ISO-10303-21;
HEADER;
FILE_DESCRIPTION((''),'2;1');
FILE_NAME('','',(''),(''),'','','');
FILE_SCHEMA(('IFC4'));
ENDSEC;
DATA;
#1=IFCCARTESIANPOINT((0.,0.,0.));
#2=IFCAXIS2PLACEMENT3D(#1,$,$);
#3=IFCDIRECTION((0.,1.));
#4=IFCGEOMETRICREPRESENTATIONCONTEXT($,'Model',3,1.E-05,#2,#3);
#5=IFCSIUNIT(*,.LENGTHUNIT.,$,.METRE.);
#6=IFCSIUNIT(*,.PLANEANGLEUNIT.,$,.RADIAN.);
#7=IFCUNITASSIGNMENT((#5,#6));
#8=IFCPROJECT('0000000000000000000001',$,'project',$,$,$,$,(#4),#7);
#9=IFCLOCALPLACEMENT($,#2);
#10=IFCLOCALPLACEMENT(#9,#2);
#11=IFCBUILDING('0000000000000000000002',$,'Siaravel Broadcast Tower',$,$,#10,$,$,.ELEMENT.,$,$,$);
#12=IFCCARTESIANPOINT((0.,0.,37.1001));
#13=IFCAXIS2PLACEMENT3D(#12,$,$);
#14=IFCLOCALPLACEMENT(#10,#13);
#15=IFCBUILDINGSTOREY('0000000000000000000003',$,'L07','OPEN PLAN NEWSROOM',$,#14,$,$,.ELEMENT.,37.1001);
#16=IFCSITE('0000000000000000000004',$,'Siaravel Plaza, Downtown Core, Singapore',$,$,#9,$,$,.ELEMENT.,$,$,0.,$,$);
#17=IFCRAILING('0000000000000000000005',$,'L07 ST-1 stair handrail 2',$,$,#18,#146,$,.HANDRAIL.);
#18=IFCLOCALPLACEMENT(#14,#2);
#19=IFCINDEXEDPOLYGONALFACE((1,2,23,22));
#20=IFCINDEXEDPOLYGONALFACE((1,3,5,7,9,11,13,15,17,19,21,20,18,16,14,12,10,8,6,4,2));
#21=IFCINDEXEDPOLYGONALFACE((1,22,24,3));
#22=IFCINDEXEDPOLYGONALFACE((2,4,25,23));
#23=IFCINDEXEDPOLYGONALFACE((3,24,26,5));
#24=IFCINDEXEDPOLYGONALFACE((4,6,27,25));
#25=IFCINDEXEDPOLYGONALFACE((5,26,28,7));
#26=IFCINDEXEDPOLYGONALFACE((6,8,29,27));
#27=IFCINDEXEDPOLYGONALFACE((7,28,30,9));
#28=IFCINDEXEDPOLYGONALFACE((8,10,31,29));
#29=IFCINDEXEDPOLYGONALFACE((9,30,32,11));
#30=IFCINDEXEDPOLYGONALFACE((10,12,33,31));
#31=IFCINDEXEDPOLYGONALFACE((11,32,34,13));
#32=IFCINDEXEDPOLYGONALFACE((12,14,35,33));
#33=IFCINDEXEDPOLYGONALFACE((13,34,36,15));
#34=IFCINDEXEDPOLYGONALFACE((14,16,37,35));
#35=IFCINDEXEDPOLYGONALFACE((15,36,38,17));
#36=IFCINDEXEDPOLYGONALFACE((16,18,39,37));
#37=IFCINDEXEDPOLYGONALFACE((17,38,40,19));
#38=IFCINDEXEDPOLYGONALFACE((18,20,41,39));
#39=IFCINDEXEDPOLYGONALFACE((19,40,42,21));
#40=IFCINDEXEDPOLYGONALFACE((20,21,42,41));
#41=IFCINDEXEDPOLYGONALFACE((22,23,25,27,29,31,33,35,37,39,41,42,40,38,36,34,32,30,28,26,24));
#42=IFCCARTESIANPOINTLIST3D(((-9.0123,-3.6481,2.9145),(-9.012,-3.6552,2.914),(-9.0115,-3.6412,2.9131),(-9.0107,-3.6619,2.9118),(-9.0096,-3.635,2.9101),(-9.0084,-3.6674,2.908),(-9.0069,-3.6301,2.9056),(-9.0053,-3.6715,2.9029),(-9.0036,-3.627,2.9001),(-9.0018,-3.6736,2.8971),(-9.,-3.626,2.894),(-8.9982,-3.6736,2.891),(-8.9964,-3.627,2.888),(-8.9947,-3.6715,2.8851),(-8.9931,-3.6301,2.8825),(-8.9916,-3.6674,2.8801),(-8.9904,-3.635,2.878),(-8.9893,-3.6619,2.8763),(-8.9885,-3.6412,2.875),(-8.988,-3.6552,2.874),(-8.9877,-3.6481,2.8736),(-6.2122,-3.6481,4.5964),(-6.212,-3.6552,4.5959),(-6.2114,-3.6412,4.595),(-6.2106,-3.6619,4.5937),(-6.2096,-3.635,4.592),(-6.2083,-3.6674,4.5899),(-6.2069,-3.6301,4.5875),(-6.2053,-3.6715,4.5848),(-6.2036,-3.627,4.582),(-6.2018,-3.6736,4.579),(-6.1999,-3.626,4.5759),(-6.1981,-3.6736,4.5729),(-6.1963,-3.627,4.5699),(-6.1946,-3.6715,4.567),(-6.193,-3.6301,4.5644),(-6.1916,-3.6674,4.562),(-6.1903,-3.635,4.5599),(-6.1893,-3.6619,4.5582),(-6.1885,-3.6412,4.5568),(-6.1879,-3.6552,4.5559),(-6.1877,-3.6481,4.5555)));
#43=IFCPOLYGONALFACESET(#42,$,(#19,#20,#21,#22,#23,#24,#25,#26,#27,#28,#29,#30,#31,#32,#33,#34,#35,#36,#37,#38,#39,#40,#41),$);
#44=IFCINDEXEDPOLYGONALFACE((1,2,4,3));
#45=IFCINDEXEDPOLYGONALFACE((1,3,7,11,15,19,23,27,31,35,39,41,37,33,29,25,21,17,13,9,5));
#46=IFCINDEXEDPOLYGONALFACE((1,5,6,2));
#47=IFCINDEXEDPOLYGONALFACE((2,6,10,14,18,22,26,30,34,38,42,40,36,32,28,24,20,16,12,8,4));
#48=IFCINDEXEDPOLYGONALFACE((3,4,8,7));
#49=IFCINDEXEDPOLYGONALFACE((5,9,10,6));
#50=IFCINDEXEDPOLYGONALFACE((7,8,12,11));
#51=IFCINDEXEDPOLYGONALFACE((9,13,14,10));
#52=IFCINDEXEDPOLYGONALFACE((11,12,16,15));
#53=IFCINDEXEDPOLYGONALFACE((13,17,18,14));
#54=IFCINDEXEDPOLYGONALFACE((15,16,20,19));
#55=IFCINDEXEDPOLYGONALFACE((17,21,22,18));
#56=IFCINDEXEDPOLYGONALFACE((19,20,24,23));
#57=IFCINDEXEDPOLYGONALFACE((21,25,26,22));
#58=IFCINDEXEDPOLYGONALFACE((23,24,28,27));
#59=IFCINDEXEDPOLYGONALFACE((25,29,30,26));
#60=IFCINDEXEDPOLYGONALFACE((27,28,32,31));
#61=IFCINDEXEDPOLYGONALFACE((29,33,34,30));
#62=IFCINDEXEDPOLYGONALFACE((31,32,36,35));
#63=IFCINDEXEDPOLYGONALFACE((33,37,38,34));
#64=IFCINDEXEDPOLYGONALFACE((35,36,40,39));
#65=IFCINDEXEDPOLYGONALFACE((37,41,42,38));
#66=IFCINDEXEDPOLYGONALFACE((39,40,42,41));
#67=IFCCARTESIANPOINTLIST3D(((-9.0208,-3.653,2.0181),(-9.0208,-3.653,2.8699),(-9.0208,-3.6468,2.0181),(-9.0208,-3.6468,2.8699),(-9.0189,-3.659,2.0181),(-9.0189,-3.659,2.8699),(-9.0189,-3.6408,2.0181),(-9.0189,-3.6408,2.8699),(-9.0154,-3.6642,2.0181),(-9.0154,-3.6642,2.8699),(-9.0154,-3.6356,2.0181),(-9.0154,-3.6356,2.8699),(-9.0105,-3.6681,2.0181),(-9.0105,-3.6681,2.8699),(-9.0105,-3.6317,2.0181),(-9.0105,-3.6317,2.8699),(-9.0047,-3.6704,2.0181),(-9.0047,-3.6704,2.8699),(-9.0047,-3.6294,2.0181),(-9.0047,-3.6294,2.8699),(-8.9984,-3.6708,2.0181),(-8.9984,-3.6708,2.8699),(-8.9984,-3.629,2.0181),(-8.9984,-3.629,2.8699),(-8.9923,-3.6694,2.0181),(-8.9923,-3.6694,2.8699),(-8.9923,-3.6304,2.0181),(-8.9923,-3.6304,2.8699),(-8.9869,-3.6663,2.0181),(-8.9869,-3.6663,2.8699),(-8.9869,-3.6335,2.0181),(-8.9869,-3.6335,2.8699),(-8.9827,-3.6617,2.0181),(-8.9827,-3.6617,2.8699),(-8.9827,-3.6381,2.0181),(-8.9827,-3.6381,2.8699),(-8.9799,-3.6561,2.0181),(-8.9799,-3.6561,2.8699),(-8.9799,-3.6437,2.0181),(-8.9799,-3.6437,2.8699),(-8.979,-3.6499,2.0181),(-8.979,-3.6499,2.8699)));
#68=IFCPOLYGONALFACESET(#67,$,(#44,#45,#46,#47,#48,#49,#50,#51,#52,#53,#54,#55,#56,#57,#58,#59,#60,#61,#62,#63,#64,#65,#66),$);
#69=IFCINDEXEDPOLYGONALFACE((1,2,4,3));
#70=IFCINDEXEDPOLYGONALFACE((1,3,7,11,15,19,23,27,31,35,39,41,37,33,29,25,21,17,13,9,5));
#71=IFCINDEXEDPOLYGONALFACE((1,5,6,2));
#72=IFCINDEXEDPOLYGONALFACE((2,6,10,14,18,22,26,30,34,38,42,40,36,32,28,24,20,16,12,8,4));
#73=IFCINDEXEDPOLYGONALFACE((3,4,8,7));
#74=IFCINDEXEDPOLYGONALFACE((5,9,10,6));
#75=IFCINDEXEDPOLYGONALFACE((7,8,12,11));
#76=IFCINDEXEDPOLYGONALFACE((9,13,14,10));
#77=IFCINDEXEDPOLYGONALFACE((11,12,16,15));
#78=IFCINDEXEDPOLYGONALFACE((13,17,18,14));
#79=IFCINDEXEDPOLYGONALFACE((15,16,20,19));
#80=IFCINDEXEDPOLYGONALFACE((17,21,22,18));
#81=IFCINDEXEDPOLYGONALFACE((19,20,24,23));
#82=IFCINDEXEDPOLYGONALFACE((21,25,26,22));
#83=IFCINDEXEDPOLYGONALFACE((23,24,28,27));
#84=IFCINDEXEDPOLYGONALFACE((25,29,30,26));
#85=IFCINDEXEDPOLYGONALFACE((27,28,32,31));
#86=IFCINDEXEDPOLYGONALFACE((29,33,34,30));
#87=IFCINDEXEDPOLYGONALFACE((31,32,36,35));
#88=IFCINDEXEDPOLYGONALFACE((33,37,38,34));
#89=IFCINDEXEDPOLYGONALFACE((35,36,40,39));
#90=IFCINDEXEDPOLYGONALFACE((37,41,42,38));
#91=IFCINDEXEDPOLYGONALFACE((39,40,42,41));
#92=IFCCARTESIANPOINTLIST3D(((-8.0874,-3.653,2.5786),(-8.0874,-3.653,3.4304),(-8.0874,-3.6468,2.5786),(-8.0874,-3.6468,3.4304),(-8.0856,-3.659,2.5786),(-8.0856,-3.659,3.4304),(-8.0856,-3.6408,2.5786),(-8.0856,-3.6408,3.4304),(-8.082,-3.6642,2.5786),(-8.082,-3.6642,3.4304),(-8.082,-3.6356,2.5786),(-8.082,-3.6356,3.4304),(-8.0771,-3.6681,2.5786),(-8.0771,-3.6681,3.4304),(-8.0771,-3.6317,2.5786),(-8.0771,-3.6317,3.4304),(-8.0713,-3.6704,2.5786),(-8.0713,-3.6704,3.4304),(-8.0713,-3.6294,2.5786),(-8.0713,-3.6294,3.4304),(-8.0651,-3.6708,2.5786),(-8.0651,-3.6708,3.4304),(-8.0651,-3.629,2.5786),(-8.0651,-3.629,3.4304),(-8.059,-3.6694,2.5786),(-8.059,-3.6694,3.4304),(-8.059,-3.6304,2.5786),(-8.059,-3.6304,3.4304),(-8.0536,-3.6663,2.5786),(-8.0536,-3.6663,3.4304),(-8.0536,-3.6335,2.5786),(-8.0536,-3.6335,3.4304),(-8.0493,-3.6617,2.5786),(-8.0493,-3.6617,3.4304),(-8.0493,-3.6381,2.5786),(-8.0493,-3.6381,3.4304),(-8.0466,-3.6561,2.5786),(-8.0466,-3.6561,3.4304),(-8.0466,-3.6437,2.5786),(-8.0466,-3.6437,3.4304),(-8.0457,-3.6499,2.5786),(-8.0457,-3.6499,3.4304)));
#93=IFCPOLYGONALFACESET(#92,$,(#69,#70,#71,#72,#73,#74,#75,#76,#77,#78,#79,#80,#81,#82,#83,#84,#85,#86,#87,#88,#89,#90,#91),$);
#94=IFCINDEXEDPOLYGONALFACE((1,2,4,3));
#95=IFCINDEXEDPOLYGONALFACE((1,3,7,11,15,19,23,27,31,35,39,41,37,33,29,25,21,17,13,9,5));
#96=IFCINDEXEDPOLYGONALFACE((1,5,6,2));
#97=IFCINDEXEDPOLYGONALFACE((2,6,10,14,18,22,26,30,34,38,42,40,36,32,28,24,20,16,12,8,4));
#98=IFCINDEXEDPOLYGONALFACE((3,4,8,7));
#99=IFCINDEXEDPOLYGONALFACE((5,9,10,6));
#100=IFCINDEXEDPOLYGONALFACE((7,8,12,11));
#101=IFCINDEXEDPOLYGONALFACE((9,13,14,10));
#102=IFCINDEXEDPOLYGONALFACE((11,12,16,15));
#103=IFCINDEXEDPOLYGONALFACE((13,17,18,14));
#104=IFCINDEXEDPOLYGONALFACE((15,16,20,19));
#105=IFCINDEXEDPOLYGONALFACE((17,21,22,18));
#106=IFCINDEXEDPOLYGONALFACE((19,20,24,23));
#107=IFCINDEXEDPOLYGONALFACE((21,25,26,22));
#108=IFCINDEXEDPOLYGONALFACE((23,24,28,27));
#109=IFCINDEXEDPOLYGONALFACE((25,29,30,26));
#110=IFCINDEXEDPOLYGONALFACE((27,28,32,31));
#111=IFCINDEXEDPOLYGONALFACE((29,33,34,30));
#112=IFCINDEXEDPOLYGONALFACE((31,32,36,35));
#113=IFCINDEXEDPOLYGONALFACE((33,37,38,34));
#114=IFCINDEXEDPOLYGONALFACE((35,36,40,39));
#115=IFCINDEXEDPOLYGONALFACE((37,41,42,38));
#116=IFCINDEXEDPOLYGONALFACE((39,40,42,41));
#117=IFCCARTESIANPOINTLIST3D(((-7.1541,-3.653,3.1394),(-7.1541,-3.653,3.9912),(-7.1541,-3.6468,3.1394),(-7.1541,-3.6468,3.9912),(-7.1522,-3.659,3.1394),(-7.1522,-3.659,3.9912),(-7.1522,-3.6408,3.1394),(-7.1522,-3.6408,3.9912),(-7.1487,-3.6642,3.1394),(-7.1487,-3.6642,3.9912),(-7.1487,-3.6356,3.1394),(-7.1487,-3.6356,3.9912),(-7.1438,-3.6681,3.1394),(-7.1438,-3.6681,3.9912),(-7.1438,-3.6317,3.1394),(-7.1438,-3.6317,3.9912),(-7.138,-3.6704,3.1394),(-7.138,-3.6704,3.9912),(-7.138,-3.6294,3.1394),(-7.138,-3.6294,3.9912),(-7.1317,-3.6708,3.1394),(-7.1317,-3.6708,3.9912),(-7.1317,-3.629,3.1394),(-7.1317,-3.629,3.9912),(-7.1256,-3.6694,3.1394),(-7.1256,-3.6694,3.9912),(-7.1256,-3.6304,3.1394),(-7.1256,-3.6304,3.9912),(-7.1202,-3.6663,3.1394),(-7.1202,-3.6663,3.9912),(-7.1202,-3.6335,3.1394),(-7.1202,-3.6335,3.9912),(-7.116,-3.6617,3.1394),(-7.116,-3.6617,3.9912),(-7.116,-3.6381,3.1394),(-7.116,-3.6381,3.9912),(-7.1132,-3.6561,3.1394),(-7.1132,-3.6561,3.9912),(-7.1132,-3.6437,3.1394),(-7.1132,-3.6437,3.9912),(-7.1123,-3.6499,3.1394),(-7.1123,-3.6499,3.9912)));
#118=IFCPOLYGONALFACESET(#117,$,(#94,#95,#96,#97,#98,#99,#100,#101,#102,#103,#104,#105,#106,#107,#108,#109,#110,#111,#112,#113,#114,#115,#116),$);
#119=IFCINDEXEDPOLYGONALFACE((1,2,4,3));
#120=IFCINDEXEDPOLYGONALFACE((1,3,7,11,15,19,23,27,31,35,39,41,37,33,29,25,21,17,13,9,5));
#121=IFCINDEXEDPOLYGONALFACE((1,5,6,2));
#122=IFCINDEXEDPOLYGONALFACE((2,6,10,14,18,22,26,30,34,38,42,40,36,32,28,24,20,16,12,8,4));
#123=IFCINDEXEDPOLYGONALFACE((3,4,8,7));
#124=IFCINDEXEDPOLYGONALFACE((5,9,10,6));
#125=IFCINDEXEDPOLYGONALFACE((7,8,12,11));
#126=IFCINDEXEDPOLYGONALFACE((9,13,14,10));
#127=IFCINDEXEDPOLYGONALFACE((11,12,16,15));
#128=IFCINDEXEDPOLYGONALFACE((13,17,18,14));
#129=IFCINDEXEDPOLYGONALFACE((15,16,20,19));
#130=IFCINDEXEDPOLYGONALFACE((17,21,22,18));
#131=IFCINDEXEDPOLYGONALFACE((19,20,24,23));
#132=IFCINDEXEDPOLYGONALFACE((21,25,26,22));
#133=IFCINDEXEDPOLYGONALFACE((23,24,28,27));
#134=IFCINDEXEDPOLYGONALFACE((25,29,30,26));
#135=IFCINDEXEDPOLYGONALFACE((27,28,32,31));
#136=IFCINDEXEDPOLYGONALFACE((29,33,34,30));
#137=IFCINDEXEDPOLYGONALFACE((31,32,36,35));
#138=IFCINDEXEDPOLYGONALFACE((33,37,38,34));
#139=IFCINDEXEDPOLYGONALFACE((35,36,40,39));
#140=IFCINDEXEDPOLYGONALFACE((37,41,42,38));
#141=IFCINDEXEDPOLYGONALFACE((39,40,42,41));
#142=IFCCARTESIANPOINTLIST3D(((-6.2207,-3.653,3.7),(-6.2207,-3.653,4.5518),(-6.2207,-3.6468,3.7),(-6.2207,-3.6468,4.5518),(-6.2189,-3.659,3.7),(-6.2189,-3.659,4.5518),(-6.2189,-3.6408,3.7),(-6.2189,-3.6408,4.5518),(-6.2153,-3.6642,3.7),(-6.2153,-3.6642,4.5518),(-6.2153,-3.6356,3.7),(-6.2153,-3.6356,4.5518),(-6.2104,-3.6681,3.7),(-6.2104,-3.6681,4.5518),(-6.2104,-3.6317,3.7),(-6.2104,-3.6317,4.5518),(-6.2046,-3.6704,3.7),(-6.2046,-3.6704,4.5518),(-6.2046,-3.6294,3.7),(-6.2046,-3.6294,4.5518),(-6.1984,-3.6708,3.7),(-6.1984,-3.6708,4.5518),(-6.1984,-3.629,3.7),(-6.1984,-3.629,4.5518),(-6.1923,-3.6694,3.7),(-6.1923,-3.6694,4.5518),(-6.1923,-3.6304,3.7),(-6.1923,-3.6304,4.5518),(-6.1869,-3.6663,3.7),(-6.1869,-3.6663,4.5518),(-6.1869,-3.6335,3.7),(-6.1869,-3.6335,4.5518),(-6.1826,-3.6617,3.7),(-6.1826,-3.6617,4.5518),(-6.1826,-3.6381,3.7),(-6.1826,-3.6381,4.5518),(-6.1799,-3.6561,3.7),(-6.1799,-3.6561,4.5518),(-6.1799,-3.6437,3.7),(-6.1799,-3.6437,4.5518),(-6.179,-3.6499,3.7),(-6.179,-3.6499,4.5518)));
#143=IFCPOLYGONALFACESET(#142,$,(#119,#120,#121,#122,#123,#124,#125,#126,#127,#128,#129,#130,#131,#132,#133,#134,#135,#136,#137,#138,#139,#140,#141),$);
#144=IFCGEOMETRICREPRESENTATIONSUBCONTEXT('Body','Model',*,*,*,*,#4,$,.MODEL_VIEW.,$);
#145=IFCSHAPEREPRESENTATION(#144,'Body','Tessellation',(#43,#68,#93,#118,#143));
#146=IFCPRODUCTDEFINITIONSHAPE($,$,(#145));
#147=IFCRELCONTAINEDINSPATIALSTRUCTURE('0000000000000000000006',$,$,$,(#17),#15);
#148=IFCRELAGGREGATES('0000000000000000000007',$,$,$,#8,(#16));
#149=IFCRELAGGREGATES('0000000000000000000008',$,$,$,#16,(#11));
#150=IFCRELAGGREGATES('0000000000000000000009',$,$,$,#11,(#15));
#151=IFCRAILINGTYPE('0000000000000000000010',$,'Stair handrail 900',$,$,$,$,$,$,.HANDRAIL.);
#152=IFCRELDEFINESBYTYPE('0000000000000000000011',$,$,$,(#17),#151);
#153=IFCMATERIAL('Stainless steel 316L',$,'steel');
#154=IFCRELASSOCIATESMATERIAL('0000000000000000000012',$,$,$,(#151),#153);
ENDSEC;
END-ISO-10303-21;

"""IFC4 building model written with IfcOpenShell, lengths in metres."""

from ifc_helpers import new_model, si_unit, direction, frame, origin, origin_2d, place, context, subcontext, project, spatial, circle, extrude, material, type_object, element, save


model = new_model("IFC4")

# Units and contexts
model_context = context("Model", 3, precision=1e-05, world=origin(), true_north=direction((0.0, 1.0)))
body_context = subcontext(model_context, "Body", "Model", "MODEL_VIEW")
ifc_project = project(units=[si_unit("LENGTHUNIT", "METRE"), si_unit("PLANEANGLEUNIT", "RADIAN")], contexts=[model_context])

# Site, building, storey
site_placement = place(None, origin())
site = spatial("IfcSite", under=ifc_project, at=site_placement, Name="Siaravel Plaza, Downtown Core, Singapore", CompositionType="ELEMENT", RefElevation=0.0)
building_placement = place(site_placement, origin())
building = spatial("IfcBuilding", under=site, at=building_placement, Name="Siaravel Broadcast Tower", CompositionType="ELEMENT")
storey_placement = place(building_placement, frame((0.0, 0.0, 37.1001)))
storey = spatial("IfcBuildingStorey", under=building, at=storey_placement, Name="L07", Description="OPEN PLAN NEWSROOM", CompositionType="ELEMENT", Elevation=37.1001)

# Shared definitions
ifc_material_1 = material(Name="Stainless steel 316L", Category="steel")

# Railing
railing_type_1 = type_object("IfcRailingType", Name="Stair handrail 900", PredefinedType="HANDRAIL", material=ifc_material_1)
railing_1_placement = place(storey_placement, frame((-9.0, -3.6499, 2.0181)))
element("IfcRailing", 1, at=railing_1_placement, inside=storey, type_object=railing_type_1, Name="L07 ST-1 stair handrail 2", PredefinedType="HANDRAIL", context=body_context, shape_type="SweptSolid", body=[
    extrude(circle(Radius=0.0239, at=origin_2d()), frame((0.0, 0.0, 0.876), z_axis=(0.857242, 0.0, 0.514913), x_axis=(0.0, 1.0, 0.0)), (0.0, 0.0, 1.0), 3.2664),
    extrude(circle(Radius=0.021, at=origin_2d()), origin(), (0.0, 0.0, 1.0), 0.8518),
    extrude(circle(Radius=0.021, at=origin_2d()), frame((0.9333, 0.0, 0.5605)), (0.0, 0.0, 1.0), 0.8518),
    extrude(circle(Radius=0.021, at=origin_2d()), frame((1.8667, 0.0, 1.1213)), (0.0, 0.0, 1.0), 0.8518),
    extrude(circle(Radius=0.021, at=origin_2d()), frame((2.8, 0.0, 1.6819)), (0.0, 0.0, 1.0), 0.8518),
])

save(model, "model.ifc")
